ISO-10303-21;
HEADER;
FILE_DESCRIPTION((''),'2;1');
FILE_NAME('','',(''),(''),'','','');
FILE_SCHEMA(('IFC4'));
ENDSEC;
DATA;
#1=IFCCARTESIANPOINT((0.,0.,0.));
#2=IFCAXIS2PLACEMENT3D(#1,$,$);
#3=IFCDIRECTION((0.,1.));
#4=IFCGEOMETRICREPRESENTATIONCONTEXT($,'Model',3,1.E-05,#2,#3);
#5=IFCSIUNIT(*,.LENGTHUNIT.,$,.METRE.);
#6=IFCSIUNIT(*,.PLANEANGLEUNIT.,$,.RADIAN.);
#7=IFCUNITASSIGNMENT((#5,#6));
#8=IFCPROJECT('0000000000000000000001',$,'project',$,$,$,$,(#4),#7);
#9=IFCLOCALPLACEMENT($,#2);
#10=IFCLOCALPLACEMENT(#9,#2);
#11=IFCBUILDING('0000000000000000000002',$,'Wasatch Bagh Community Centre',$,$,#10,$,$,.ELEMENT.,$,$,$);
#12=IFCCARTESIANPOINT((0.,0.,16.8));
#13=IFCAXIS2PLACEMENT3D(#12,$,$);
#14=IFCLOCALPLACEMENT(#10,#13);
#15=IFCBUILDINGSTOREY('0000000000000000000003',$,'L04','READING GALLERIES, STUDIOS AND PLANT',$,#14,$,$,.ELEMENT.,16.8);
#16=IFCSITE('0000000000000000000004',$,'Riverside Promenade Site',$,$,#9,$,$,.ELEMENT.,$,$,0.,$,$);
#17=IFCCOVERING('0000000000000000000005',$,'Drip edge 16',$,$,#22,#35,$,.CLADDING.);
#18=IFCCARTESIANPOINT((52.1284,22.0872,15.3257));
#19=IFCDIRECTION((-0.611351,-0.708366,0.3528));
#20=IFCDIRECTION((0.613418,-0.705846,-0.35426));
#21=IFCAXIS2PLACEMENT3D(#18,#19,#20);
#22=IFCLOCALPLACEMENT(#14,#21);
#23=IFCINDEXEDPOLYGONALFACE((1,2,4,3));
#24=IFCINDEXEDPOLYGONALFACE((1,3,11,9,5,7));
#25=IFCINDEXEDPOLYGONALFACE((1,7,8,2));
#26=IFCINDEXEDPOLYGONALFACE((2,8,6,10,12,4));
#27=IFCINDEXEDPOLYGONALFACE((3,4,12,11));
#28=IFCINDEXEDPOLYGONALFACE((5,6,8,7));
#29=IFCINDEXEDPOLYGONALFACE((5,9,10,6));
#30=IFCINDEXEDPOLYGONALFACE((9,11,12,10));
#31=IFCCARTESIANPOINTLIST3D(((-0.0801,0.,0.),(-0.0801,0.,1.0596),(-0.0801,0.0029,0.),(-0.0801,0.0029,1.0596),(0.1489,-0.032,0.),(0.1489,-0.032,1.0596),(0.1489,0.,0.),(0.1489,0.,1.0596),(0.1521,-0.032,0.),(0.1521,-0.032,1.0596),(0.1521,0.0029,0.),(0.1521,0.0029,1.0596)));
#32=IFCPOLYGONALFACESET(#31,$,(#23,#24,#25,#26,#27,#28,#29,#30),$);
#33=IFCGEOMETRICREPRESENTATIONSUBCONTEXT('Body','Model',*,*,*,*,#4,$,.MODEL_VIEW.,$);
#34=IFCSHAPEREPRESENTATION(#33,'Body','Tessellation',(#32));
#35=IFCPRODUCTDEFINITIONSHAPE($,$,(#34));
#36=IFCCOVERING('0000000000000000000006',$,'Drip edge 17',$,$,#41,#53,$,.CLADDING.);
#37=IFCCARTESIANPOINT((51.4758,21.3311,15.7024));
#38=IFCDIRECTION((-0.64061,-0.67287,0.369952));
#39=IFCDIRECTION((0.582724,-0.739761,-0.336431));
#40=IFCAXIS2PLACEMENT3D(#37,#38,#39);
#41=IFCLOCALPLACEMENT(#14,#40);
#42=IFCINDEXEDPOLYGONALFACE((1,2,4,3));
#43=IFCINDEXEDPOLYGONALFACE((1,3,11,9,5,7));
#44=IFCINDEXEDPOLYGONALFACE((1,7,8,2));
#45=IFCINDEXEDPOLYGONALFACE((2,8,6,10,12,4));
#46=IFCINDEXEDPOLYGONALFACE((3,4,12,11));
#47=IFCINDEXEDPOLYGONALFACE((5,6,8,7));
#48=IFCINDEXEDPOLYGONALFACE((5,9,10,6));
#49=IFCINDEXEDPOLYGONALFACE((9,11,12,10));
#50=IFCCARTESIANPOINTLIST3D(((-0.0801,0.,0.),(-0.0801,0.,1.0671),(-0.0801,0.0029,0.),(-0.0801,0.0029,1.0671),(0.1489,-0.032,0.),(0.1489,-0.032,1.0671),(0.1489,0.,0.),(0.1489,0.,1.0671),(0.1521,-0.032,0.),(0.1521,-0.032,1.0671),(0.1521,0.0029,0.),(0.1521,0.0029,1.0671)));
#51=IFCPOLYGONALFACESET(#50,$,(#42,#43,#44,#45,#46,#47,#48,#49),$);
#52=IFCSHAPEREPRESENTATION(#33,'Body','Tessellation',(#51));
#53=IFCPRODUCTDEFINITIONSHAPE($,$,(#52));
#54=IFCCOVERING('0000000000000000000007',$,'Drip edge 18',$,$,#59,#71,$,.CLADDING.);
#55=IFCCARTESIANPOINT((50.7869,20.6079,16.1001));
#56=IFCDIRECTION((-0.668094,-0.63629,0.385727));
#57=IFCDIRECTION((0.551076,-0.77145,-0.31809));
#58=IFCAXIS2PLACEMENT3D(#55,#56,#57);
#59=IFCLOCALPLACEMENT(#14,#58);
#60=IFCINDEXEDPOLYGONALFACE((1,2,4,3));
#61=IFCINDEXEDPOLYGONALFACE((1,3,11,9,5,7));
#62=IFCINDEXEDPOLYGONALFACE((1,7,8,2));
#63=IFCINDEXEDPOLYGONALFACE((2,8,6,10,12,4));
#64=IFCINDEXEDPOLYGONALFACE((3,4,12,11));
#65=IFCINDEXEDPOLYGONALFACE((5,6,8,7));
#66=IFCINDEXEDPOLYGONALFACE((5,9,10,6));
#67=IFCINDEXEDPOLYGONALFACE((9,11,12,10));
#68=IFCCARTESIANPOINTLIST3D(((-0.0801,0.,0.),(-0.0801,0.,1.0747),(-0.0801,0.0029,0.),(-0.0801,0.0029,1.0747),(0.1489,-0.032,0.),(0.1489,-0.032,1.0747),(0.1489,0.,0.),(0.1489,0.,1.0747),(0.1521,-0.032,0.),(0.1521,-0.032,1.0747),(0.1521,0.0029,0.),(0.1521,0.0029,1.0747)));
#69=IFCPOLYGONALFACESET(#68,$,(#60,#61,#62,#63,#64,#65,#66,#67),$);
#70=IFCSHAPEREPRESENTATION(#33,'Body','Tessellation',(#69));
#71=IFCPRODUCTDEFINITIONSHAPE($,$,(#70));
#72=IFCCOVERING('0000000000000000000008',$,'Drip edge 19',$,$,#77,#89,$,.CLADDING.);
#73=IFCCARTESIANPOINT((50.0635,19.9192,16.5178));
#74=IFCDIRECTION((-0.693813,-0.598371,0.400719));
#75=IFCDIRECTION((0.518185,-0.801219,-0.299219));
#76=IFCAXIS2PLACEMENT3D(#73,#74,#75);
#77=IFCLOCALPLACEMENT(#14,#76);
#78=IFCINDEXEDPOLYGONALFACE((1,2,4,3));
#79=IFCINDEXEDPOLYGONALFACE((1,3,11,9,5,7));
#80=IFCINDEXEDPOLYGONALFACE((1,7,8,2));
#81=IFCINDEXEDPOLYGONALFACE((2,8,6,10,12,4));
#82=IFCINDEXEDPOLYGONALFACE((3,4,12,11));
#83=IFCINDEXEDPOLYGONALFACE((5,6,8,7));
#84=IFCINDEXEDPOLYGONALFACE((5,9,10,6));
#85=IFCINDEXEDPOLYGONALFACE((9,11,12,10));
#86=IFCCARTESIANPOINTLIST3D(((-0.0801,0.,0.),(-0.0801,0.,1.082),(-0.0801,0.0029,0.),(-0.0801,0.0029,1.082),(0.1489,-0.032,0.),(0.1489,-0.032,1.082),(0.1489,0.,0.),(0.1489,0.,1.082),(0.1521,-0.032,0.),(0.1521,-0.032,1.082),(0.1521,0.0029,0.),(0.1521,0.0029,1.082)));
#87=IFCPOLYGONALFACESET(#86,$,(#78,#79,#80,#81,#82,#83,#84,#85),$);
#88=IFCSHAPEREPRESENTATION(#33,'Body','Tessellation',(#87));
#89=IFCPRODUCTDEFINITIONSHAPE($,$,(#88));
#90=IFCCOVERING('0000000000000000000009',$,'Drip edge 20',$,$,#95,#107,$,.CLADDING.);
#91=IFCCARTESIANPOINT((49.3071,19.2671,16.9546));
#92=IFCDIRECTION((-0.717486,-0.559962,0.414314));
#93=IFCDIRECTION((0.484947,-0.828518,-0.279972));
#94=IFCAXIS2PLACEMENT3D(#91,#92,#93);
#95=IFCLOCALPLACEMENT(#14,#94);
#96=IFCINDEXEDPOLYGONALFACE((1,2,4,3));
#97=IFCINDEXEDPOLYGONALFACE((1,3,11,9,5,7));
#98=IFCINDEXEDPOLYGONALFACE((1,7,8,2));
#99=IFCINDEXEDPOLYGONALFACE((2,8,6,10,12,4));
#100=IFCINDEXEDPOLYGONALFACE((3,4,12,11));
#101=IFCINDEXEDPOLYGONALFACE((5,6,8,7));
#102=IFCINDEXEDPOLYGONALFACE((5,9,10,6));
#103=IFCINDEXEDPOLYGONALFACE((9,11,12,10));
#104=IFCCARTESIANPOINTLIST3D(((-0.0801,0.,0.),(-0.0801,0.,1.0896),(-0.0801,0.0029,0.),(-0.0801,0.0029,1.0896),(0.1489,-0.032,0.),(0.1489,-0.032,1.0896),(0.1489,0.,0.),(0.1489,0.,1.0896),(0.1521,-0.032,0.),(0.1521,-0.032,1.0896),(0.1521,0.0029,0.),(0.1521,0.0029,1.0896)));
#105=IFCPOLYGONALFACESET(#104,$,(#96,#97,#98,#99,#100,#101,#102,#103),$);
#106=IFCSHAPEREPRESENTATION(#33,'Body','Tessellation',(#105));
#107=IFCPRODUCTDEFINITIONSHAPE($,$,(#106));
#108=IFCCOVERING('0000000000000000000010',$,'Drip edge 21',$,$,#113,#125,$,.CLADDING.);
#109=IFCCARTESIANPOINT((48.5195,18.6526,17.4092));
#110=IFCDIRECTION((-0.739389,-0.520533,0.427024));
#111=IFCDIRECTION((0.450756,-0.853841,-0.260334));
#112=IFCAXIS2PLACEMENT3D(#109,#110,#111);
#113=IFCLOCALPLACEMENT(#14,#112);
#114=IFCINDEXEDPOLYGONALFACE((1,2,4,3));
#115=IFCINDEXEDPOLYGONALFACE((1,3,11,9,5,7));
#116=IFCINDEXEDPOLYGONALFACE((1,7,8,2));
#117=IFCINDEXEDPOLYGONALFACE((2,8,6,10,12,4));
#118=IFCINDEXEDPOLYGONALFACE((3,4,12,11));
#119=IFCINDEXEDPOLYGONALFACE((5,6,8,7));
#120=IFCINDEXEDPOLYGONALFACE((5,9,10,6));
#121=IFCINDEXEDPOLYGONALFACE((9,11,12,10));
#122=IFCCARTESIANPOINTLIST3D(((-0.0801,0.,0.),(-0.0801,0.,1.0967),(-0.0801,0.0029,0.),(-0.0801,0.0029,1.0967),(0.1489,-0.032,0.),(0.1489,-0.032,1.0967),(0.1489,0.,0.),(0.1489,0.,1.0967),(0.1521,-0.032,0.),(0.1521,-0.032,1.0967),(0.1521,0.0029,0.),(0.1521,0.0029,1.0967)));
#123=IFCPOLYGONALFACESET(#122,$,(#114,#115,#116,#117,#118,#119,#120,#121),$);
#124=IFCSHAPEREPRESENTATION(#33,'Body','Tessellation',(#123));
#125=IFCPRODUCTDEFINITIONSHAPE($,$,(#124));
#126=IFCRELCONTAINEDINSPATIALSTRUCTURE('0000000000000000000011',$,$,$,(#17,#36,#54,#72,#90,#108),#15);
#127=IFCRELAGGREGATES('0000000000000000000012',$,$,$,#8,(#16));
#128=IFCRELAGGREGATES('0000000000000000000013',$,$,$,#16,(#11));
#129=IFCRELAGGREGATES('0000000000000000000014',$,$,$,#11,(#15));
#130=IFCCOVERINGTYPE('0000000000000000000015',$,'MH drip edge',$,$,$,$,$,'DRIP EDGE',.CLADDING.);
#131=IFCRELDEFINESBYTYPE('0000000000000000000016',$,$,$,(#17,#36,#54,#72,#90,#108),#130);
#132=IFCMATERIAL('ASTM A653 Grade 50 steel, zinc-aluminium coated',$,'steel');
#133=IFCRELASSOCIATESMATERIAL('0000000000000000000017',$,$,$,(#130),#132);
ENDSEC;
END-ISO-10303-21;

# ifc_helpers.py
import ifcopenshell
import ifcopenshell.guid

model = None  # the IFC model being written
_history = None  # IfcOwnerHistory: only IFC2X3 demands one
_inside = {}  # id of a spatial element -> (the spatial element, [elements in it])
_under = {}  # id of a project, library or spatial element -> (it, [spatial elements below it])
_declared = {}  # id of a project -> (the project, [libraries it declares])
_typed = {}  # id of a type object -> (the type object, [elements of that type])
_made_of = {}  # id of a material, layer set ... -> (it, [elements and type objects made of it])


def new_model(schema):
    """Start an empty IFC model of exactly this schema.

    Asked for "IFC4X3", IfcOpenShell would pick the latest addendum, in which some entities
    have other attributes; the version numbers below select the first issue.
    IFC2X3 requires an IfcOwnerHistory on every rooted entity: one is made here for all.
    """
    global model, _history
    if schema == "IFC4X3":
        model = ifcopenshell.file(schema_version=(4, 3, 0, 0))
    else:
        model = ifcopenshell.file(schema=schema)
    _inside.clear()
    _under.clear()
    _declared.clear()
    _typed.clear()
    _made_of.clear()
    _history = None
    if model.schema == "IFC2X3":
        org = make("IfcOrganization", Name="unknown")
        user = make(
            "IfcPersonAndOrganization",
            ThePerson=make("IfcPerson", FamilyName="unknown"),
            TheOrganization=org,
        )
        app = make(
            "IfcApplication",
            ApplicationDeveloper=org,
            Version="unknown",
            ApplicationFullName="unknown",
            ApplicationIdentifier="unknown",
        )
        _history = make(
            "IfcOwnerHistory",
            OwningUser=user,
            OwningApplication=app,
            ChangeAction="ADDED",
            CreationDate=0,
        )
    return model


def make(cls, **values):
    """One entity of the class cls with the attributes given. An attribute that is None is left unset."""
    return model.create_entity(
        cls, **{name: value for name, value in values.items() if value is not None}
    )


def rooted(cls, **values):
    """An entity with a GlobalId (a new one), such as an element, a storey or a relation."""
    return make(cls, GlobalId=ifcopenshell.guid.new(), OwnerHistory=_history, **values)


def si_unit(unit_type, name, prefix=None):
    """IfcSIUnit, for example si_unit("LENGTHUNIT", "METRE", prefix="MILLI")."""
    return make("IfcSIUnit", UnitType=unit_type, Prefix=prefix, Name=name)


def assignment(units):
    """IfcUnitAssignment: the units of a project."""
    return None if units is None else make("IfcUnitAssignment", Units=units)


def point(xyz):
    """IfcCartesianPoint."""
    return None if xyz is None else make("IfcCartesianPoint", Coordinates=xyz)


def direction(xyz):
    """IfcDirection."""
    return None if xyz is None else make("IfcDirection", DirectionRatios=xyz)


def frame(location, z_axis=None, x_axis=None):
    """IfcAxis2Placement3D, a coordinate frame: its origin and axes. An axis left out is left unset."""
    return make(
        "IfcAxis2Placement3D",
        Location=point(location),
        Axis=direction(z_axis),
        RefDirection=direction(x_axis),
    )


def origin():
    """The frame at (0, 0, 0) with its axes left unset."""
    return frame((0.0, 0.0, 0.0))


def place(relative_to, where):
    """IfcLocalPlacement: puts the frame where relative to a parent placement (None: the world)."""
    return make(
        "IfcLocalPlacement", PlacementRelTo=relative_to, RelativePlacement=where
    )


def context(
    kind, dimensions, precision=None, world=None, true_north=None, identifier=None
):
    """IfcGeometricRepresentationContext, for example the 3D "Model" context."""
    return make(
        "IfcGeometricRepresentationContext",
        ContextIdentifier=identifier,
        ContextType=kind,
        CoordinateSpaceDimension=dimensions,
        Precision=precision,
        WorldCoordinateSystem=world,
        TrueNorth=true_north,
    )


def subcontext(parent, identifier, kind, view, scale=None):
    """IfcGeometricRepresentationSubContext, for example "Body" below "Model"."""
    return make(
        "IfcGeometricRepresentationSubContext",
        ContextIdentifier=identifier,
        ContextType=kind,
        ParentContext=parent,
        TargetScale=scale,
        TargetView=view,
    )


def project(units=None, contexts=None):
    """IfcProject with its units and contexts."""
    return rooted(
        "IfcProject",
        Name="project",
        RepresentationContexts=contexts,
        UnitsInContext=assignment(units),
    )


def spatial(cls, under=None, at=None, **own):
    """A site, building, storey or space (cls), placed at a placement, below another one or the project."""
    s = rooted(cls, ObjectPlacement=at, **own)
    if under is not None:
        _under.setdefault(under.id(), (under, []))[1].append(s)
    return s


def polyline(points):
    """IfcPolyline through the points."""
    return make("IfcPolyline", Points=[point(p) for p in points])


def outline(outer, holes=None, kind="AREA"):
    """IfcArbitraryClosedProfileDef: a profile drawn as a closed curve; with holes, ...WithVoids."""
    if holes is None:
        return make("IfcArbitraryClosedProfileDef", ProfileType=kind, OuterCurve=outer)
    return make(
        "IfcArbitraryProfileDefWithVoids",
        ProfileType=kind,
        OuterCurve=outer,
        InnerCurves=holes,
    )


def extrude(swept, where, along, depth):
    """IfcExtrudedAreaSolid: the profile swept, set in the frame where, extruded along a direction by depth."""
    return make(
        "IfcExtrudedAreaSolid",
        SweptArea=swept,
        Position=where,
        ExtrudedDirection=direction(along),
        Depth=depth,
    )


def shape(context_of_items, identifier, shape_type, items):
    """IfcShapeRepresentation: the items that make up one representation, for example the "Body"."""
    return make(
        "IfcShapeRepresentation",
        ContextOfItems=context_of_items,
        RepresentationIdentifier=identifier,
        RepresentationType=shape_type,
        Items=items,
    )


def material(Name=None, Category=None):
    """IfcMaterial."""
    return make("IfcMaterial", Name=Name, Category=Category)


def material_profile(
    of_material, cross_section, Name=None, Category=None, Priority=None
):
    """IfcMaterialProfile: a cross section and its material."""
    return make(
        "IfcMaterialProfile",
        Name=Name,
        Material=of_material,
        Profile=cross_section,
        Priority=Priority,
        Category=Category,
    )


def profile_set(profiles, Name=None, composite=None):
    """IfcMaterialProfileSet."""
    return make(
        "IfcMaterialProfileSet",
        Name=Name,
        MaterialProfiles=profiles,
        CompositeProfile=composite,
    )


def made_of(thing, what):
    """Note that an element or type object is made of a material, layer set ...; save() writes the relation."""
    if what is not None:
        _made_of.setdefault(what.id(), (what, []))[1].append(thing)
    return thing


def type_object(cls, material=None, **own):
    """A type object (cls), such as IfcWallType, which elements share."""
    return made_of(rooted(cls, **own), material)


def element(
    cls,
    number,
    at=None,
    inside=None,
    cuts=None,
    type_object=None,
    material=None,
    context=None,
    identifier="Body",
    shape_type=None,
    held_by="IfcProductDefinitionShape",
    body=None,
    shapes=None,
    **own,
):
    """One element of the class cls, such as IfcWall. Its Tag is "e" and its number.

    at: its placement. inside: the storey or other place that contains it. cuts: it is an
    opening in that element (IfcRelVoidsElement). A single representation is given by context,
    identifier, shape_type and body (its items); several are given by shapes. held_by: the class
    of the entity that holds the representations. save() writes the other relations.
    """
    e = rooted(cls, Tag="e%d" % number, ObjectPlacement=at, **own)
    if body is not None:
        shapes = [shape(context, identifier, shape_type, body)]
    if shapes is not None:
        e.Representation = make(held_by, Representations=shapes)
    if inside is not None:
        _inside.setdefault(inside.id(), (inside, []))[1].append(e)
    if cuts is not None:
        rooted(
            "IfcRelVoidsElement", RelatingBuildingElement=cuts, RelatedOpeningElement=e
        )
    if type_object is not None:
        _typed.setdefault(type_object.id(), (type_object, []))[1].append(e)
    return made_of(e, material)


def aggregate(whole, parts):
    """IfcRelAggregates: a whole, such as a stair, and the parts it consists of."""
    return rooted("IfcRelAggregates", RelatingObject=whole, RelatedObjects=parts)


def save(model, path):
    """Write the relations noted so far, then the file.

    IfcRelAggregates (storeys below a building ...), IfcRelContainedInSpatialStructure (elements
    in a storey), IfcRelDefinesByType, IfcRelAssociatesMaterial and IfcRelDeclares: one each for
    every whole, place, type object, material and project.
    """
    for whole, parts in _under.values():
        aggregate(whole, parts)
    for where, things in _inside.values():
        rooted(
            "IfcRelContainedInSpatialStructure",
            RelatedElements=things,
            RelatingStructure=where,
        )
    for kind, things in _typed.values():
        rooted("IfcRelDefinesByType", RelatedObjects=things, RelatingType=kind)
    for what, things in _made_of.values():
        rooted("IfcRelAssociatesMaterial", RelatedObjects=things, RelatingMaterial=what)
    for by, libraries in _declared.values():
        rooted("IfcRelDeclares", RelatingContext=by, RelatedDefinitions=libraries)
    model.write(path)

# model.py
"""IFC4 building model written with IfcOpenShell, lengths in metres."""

from ifc_helpers import new_model, si_unit, direction, frame, origin, place, context, subcontext, project, spatial, polyline, outline, extrude, material, material_profile, profile_set, type_object, element, save


model = new_model("IFC4")

# Units and contexts
model_context = context("Model", 3, precision=1e-05, world=origin(), true_north=direction((0.0, 1.0)))
body_context = subcontext(model_context, "Body", "Model", "MODEL_VIEW")
ifc_project = project(units=[si_unit("LENGTHUNIT", "METRE"), si_unit("PLANEANGLEUNIT", "RADIAN")], contexts=[model_context])

# Site, building, storey
site_placement = place(None, origin())
site = spatial("IfcSite", under=ifc_project, at=site_placement, Name="Riverside Promenade Site", CompositionType="ELEMENT", RefElevation=0.0)
building_placement = place(site_placement, origin())
building = spatial("IfcBuilding", under=site, at=building_placement, Name="Wasatch Bagh Community Centre", CompositionType="ELEMENT")
storey_placement = place(building_placement, frame((0.0, 0.0, 16.8)))
storey = spatial("IfcBuildingStorey", under=building, at=storey_placement, Name="L04", Description="READING GALLERIES, STUDIOS AND PLANT", CompositionType="ELEMENT", Elevation=16.8)

# Coverings
ifc_material_1 = material(Name="ASTM A653 Grade 50 steel, zinc-aluminium coated", Category="steel")
ifc_material_profile_1 = material_profile(ifc_material_1, outline(polyline([(-0.0801, 0.0029), (0.1521, 0.0029), (0.1521, -0.032), (0.1489, -0.032), (0.1489, 0.0), (-0.0801, 0.0), (-0.0801, 0.0029)])), Name="DRIP EDGE")
ifc_profile_set_1 = profile_set([ifc_material_profile_1], Name="ASTM A653 Grade 50 steel, zinc-aluminium coated")
covering_type_1 = type_object("IfcCoveringType", Name="MH drip edge", ElementType="DRIP EDGE", PredefinedType="CLADDING", material=ifc_profile_set_1)
covering_1_placement = place(storey_placement, frame((52.1284, 22.0872, 15.3257), z_axis=(-0.611351, -0.708366, 0.3528), x_axis=(0.613418, -0.705846, -0.35426)))
element("IfcCovering", 1, at=covering_1_placement, inside=storey, type_object=covering_type_1, Name="Drip edge 16", PredefinedType="CLADDING", context=body_context, shape_type="SweptSolid", body=[
    extrude(outline(polyline([(-0.0801, 0.0029), (0.1521, 0.0029), (0.1521, -0.032), (0.1489, -0.032), (0.1489, 0.0), (-0.0801, 0.0), (-0.0801, 0.0029)])), origin(), (0.0, 0.0, 1.0), 1.0596),
])
covering_2_placement = place(storey_placement, frame((51.4758, 21.3311, 15.7024), z_axis=(-0.64061, -0.67287, 0.369952), x_axis=(0.582724, -0.739761, -0.336431)))
element("IfcCovering", 2, at=covering_2_placement, inside=storey, type_object=covering_type_1, Name="Drip edge 17", PredefinedType="CLADDING", context=body_context, shape_type="SweptSolid", body=[
    extrude(outline(polyline([(-0.0801, 0.0029), (0.1521, 0.0029), (0.1521, -0.032), (0.1489, -0.032), (0.1489, 0.0), (-0.0801, 0.0), (-0.0801, 0.0029)])), origin(), (0.0, 0.0, 1.0), 1.0671),
])
covering_3_placement = place(storey_placement, frame((50.7869, 20.6079, 16.1001), z_axis=(-0.668094, -0.63629, 0.385727), x_axis=(0.551076, -0.77145, -0.31809)))
element("IfcCovering", 3, at=covering_3_placement, inside=storey, type_object=covering_type_1, Name="Drip edge 18", PredefinedType="CLADDING", context=body_context, shape_type="SweptSolid", body=[
    extrude(outline(polyline([(-0.0801, 0.0029), (0.1521, 0.0029), (0.1521, -0.032), (0.1489, -0.032), (0.1489, 0.0), (-0.0801, 0.0), (-0.0801, 0.0029)])), origin(), (0.0, 0.0, 1.0), 1.0747),
])
covering_4_placement = place(storey_placement, frame((50.0635, 19.9192, 16.5178), z_axis=(-0.693813, -0.598371, 0.400719), x_axis=(0.518185, -0.801219, -0.299219)))
element("IfcCovering", 4, at=covering_4_placement, inside=storey, type_object=covering_type_1, Name="Drip edge 19", PredefinedType="CLADDING", context=body_context, shape_type="SweptSolid", body=[
    extrude(outline(polyline([(-0.0801, 0.0029), (0.1521, 0.0029), (0.1521, -0.032), (0.1489, -0.032), (0.1489, 0.0), (-0.0801, 0.0), (-0.0801, 0.0029)])), origin(), (0.0, 0.0, 1.0), 1.082),
])
covering_5_placement = place(storey_placement, frame((49.3071, 19.2671, 16.9546), z_axis=(-0.717486, -0.559962, 0.414314), x_axis=(0.484947, -0.828518, -0.279972)))
element("IfcCovering", 5, at=covering_5_placement, inside=storey, type_object=covering_type_1, Name="Drip edge 20", PredefinedType="CLADDING", context=body_context, shape_type="SweptSolid", body=[
    extrude(outline(polyline([(-0.0801, 0.0029), (0.1521, 0.0029), (0.1521, -0.032), (0.1489, -0.032), (0.1489, 0.0), (-0.0801, 0.0), (-0.0801, 0.0029)])), origin(), (0.0, 0.0, 1.0), 1.0896),
])
covering_6_placement = place(storey_placement, frame((48.5195, 18.6526, 17.4092), z_axis=(-0.739389, -0.520533, 0.427024), x_axis=(0.450756, -0.853841, -0.260334)))
element("IfcCovering", 6, at=covering_6_placement, inside=storey, type_object=covering_type_1, Name="Drip edge 21", PredefinedType="CLADDING", context=body_context, shape_type="SweptSolid", body=[
    extrude(outline(polyline([(-0.0801, 0.0029), (0.1521, 0.0029), (0.1521, -0.032), (0.1489, -0.032), (0.1489, 0.0), (-0.0801, 0.0), (-0.0801, 0.0029)])), origin(), (0.0, 0.0, 1.0), 1.0967),
])

save(model, "model.ifc")
